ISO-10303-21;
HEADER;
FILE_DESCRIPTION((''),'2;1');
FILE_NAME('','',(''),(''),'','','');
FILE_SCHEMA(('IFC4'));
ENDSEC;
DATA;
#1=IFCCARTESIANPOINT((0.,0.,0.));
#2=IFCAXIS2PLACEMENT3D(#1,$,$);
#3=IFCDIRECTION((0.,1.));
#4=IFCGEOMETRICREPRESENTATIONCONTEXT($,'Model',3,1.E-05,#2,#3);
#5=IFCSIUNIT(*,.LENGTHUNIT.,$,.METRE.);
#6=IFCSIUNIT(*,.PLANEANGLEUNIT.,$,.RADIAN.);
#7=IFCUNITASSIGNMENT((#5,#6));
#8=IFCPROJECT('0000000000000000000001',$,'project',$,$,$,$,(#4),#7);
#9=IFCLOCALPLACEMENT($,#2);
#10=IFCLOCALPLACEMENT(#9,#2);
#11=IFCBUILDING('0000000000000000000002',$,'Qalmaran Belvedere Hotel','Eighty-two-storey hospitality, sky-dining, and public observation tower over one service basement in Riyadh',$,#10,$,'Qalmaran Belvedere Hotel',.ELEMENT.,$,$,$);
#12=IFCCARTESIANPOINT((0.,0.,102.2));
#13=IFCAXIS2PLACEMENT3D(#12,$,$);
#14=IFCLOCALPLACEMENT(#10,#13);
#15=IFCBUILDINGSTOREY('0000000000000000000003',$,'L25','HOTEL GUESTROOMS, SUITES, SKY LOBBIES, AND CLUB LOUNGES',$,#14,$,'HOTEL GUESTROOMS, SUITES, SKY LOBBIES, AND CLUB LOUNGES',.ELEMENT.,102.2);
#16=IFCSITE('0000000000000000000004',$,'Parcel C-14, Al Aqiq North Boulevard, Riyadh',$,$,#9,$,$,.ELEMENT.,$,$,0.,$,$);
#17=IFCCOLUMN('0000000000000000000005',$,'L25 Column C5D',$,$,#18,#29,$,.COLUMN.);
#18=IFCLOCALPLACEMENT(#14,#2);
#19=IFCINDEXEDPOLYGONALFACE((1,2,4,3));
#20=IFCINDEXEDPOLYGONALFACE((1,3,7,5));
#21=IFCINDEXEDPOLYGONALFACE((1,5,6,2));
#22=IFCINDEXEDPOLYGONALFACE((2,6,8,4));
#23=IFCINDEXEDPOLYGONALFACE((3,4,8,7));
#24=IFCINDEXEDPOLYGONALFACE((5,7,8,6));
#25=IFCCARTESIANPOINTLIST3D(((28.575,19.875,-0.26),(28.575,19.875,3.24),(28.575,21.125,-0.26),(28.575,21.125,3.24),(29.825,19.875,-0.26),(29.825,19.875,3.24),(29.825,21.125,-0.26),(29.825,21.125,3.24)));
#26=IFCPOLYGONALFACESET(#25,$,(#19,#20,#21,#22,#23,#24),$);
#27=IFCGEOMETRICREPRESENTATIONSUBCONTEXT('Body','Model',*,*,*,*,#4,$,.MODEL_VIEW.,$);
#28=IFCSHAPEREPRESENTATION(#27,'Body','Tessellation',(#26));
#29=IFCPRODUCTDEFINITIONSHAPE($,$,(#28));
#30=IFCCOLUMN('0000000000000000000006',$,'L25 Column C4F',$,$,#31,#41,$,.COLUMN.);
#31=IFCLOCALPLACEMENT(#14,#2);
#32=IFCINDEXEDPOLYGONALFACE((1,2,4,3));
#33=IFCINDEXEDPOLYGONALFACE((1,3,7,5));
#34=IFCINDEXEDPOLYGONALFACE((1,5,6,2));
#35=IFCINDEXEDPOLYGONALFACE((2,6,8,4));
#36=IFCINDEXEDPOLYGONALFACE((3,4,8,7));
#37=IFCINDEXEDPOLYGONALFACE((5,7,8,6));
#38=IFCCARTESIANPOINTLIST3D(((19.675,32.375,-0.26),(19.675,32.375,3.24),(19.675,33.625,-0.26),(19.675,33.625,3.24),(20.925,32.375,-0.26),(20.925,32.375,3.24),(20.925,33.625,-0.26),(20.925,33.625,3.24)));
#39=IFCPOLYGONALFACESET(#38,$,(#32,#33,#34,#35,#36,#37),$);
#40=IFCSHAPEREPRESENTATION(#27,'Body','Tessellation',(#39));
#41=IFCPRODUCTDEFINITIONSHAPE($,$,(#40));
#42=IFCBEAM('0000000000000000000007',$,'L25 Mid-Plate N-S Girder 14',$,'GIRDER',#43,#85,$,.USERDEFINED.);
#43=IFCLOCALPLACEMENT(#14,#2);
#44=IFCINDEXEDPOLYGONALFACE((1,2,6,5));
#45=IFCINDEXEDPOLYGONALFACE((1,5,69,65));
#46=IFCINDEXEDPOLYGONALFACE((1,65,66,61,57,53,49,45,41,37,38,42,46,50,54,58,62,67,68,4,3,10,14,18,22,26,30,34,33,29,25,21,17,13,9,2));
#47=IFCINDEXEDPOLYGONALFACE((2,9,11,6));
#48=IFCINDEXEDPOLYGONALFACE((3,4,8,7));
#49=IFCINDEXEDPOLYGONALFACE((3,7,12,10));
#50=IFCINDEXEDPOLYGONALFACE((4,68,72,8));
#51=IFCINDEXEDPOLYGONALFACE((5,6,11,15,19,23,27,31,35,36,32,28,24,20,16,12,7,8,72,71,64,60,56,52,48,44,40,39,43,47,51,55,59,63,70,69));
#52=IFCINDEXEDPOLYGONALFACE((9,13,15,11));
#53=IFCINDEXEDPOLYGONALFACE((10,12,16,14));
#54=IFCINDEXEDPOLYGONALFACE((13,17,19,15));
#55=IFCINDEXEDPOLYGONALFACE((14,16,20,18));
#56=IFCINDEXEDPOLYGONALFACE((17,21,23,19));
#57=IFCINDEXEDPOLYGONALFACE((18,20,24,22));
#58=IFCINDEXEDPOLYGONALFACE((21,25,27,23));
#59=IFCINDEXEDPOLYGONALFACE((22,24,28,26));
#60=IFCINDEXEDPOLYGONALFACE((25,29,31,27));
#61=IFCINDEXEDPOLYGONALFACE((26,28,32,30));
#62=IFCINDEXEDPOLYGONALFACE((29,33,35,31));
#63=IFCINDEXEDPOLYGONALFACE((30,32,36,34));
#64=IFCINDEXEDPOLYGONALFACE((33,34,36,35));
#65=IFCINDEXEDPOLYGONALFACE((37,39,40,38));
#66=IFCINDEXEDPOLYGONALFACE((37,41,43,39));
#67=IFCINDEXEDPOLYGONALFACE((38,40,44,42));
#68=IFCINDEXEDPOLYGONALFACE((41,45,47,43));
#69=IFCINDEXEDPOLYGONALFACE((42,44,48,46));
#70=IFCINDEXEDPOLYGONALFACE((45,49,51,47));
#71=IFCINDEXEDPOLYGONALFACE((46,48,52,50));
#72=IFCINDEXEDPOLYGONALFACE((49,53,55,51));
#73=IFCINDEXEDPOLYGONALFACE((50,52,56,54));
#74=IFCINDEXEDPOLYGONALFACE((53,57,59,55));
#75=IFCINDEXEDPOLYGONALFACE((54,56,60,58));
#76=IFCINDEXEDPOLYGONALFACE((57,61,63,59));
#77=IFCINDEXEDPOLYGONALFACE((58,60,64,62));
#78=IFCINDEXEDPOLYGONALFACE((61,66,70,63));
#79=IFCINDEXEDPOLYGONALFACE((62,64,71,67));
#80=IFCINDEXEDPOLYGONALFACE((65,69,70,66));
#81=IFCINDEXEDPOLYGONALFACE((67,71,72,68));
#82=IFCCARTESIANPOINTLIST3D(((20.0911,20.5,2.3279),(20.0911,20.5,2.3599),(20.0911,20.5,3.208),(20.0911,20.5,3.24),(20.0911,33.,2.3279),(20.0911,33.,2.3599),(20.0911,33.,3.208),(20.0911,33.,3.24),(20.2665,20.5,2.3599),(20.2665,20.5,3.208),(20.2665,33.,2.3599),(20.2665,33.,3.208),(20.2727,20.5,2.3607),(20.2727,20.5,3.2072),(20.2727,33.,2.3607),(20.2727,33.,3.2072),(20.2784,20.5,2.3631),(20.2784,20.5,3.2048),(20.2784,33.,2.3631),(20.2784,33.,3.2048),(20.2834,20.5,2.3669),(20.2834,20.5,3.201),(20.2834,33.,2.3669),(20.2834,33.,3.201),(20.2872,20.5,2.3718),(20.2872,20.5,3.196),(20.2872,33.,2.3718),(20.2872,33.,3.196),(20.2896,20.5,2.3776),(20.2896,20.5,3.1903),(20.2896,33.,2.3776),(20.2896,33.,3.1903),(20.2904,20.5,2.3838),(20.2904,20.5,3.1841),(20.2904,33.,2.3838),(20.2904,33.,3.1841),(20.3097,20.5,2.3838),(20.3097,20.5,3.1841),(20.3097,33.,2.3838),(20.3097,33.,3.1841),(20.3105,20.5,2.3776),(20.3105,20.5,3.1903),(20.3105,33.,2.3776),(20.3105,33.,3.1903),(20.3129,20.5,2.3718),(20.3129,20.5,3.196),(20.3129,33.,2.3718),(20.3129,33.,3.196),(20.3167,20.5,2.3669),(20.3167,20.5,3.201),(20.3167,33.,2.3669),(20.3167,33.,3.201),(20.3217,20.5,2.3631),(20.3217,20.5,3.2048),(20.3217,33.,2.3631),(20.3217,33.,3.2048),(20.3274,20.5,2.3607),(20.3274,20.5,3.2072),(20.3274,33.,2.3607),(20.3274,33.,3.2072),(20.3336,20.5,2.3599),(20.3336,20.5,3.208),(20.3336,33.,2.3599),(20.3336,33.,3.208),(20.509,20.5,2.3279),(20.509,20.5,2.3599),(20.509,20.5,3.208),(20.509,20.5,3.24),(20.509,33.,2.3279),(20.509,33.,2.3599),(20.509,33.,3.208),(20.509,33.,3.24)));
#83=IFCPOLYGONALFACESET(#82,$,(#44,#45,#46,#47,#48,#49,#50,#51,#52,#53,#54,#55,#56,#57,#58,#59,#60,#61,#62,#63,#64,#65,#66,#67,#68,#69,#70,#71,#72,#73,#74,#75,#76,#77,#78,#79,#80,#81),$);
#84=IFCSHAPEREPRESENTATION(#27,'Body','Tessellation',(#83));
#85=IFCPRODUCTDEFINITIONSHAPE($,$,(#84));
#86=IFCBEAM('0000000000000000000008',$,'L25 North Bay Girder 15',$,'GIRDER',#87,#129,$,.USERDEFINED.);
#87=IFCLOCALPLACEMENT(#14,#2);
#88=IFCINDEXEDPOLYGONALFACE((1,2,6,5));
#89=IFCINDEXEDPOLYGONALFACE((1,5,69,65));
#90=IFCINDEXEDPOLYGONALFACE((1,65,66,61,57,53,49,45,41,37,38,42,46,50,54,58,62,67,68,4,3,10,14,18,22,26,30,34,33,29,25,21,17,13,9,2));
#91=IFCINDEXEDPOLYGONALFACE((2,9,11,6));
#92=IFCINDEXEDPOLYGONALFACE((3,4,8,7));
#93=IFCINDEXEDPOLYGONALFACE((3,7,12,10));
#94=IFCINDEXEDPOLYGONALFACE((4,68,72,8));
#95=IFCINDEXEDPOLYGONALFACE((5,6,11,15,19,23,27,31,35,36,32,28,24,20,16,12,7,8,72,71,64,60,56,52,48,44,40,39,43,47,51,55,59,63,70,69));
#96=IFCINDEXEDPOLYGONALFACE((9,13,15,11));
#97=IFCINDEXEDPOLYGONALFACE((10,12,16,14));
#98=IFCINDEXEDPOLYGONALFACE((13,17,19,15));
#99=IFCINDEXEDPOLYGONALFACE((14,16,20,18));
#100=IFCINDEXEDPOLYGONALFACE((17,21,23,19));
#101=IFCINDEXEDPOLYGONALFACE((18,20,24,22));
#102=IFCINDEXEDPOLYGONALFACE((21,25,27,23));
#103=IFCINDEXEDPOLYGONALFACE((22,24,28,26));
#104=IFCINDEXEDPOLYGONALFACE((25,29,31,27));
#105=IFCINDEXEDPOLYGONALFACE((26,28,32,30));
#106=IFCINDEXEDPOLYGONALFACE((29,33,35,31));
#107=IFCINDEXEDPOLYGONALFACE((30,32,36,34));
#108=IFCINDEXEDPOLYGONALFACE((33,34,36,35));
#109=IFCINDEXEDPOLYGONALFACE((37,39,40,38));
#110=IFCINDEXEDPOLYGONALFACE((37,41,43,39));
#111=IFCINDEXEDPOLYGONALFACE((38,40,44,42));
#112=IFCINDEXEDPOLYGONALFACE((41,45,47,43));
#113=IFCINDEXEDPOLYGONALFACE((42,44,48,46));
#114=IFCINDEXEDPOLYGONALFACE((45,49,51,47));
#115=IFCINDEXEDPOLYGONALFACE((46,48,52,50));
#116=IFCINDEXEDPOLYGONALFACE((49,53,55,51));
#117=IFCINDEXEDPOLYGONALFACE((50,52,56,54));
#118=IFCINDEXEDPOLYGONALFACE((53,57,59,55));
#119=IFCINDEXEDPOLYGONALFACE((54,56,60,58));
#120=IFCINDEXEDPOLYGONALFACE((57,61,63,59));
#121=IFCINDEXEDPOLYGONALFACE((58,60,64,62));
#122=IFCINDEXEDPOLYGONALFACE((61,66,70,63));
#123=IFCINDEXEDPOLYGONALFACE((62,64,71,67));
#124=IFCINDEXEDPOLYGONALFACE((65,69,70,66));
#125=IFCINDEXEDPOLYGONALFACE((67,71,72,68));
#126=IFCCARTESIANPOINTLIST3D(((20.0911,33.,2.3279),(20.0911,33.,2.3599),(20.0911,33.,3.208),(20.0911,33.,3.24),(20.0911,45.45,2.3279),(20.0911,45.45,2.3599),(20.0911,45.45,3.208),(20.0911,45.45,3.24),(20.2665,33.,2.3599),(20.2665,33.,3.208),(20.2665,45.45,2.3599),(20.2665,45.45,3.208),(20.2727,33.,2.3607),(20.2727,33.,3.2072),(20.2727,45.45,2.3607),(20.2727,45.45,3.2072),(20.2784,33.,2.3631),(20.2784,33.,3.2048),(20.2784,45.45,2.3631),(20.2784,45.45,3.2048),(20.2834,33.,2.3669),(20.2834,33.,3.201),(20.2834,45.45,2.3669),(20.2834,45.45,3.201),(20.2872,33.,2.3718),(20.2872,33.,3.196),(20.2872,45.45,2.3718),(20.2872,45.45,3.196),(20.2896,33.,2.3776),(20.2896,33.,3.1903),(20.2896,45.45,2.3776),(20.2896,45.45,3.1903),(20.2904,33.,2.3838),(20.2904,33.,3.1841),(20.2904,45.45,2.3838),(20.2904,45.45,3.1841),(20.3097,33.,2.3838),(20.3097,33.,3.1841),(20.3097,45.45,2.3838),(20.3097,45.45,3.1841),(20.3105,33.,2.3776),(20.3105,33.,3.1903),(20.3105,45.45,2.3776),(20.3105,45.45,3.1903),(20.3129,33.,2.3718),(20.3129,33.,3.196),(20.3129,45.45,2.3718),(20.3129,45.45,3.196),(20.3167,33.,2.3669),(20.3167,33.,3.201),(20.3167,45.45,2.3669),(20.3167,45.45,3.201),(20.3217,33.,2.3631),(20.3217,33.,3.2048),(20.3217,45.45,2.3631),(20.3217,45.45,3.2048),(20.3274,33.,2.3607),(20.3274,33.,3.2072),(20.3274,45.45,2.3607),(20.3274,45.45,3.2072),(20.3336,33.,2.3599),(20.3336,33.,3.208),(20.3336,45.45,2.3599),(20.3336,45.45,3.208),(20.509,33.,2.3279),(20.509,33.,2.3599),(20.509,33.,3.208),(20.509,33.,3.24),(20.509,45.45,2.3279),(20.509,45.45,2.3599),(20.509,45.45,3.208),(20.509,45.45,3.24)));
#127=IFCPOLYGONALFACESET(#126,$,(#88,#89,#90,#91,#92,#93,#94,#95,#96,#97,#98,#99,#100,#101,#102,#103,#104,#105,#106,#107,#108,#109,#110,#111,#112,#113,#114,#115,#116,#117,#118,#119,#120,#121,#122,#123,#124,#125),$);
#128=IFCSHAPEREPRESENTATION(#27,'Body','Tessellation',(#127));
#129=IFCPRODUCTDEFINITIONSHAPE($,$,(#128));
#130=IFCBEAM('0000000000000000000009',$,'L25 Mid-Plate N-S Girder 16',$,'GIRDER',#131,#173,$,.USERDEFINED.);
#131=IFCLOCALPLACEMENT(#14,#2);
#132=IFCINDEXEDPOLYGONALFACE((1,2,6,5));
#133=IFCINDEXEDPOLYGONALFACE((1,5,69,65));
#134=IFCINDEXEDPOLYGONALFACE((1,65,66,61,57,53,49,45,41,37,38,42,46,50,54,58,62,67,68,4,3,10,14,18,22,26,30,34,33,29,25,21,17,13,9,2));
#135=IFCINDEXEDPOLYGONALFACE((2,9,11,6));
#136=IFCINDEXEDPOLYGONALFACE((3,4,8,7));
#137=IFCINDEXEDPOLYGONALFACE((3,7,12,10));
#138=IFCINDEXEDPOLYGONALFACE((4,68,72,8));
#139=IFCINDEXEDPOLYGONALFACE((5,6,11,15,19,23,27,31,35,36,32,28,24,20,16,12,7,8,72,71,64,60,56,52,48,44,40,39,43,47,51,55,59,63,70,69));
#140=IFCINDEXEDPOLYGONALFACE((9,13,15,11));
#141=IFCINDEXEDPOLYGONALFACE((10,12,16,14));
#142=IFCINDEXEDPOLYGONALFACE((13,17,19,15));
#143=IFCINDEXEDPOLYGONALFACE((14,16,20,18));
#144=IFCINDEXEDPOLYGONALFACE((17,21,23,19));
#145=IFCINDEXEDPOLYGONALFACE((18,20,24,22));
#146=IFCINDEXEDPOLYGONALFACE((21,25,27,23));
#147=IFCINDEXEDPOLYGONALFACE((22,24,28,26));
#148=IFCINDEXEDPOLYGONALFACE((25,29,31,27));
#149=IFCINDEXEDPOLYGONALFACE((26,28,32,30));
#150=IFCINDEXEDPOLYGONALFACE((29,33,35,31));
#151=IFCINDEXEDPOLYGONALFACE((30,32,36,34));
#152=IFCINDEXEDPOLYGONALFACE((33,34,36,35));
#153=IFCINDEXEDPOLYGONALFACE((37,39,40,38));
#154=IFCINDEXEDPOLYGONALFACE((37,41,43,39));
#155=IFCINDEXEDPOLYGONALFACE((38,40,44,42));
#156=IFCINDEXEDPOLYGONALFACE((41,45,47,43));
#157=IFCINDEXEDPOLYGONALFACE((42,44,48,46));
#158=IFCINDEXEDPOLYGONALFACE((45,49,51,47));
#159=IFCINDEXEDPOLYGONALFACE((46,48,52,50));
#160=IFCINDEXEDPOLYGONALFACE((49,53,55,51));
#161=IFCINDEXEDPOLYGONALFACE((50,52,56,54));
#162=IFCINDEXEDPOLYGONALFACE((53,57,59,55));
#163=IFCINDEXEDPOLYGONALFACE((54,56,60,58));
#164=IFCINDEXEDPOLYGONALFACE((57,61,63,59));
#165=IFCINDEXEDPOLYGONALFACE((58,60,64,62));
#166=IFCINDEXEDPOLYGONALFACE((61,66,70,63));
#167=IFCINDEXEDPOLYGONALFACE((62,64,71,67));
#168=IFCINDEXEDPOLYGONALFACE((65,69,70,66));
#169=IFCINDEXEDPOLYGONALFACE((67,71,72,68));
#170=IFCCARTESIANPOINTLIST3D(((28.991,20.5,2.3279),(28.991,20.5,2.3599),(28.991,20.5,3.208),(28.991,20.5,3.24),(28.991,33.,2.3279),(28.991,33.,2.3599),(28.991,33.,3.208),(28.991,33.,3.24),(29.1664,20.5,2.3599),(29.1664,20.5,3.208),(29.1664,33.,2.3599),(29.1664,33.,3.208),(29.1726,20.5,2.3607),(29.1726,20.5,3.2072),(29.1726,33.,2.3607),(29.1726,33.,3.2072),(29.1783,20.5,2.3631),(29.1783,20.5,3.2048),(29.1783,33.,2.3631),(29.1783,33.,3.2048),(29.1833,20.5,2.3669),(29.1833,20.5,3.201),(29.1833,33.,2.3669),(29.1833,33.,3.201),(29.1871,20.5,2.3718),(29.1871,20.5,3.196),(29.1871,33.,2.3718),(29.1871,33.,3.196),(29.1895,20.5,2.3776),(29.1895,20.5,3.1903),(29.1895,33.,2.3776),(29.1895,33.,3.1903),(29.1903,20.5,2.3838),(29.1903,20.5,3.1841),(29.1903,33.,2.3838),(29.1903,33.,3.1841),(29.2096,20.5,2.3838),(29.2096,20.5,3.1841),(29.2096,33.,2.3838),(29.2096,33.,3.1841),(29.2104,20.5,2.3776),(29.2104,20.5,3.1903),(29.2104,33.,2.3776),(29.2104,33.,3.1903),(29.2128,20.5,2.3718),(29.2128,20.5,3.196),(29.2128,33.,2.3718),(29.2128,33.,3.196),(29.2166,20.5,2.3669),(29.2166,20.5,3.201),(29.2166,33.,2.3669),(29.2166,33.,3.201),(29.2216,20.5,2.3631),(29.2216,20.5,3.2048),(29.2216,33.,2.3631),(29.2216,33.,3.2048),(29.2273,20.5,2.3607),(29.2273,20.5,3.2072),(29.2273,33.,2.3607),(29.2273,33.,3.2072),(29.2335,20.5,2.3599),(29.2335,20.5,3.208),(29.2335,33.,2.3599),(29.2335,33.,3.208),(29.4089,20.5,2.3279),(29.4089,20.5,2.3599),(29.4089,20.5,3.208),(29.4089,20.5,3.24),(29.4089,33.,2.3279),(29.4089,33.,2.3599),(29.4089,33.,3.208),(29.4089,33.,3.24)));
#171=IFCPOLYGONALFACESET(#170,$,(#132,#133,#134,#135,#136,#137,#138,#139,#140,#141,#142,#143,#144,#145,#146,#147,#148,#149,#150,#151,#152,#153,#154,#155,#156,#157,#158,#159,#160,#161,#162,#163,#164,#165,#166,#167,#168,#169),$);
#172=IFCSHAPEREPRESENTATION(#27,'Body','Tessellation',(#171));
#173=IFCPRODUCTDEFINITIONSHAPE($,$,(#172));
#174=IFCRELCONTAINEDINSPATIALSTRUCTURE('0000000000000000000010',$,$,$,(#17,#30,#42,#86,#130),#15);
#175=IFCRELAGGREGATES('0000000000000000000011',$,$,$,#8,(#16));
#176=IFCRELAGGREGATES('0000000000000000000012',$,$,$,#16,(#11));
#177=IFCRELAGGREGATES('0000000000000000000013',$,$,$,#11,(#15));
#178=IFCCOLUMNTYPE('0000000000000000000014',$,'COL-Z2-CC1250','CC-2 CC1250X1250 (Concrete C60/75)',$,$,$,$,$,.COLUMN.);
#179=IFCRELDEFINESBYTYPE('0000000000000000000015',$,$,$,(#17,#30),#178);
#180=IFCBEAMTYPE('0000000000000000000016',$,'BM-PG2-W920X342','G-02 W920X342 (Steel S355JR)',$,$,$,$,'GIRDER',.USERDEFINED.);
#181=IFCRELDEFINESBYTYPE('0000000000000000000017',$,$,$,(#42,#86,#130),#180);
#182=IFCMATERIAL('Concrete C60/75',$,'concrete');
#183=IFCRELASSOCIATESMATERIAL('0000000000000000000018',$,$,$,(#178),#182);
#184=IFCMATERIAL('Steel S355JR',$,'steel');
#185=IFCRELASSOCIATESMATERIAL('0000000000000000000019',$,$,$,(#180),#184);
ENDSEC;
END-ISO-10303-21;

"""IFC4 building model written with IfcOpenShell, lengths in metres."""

from ifc_helpers import new_model, si_unit, direction, frame, origin, origin_2d, place, context, subcontext, project, spatial, rectangle, i_section, extrude, material, material_profile, profile_set, type_object, element, save


model = new_model("IFC4")

# Units and contexts
model_context = context("Model", 3, precision=1e-05, world=origin(), true_north=direction((0.0, 1.0)))
body_context = subcontext(model_context, "Body", "Model", "MODEL_VIEW")
ifc_project = project(units=[si_unit("LENGTHUNIT", "METRE"), si_unit("PLANEANGLEUNIT", "RADIAN")], contexts=[model_context])

# Site, building, storey
site_placement = place(None, origin())
site = spatial("IfcSite", under=ifc_project, at=site_placement, Name="Parcel C-14, Al Aqiq North Boulevard, Riyadh", CompositionType="ELEMENT", RefElevation=0.0)
building_placement = place(site_placement, origin())
building = spatial("IfcBuilding", under=site, at=building_placement, Name="Qalmaran Belvedere Hotel", Description="Eighty-two-storey hospitality, sky-dining, and public observation tower over one service basement in Riyadh", LongName="Qalmaran Belvedere Hotel", CompositionType="ELEMENT")
storey_placement = place(building_placement, frame((0.0, 0.0, 102.2)))
storey = spatial("IfcBuildingStorey", under=building, at=storey_placement, Name="L25", Description="HOTEL GUESTROOMS, SUITES, SKY LOBBIES, AND CLUB LOUNGES", LongName="HOTEL GUESTROOMS, SUITES, SKY LOBBIES, AND CLUB LOUNGES", CompositionType="ELEMENT", Elevation=102.2)

# Columns
ifc_material_1 = material(Name="Concrete C60/75", Category="concrete")
ifc_material_profile_1 = material_profile(ifc_material_1, rectangle(XDim=1.25, YDim=1.25, at=origin_2d()), Name="CC1250X1250")
ifc_profile_set_1 = profile_set([ifc_material_profile_1], Name="Concrete C60/75")
column_type = type_object("IfcColumnType", Name="COL-Z2-CC1250", Description="CC-2 CC1250X1250 (Concrete C60/75)", PredefinedType="COLUMN", material=ifc_profile_set_1)
for number, where, z_axis, x_axis, name in (
    (1, (29.2, 20.5, -0.26), (0.0, 0.0, 1.0), (1.0, 0.0, 0.0), "L25 Column C5D"),
    (2, (20.3, 33.0, -0.26), (0.0, 0.0, 1.0), (1.0, 0.0, 0.0), "L25 Column C4F"),
):
    element("IfcColumn", number, at=place(storey_placement, frame(where, z_axis=z_axis, x_axis=x_axis)), inside=storey, type_object=column_type, Name=name, PredefinedType="COLUMN", context=body_context, shape_type="SweptSolid", body=[
        extrude(rectangle(XDim=1.25, YDim=1.25, at=origin_2d()), origin(), (0.0, 0.0, 1.0), 3.5),
    ])

# Beams
ifc_material_2 = material(Name="Steel S355JR", Category="steel")
ifc_material_profile_2 = material_profile(ifc_material_2, i_section(OverallWidth=0.418, OverallDepth=0.9121, WebThickness=0.0193, FlangeThickness=0.032, FilletRadius=0.0239, at=origin_2d()), Name="W920X342")
ifc_profile_set_2 = profile_set([ifc_material_profile_2], Name="Steel S355JR")
beam_type_1 = type_object("IfcBeamType", Name="BM-PG2-W920X342", Description="G-02 W920X342 (Steel S355JR)", ElementType="GIRDER", PredefinedType="USERDEFINED", material=ifc_profile_set_2)
beam_1_placement = place(storey_placement, frame((20.3, 20.5, 2.7839), z_axis=(0.0, 1.0, 0.0), x_axis=(-1.0, 0.0, 0.0)))
element("IfcBeam", 3, at=beam_1_placement, inside=storey, type_object=beam_type_1, Name="L25 Mid-Plate N-S Girder 14", ObjectType="GIRDER", PredefinedType="USERDEFINED", context=body_context, shape_type="SweptSolid", body=[
    extrude(i_section(OverallWidth=0.418, OverallDepth=0.9121, WebThickness=0.0193, FlangeThickness=0.032, FilletRadius=0.0239, at=origin_2d()), origin(), (0.0, 0.0, 1.0), 12.5),
])
beam_2_placement = place(storey_placement, frame((20.3, 33.0, 2.7839), z_axis=(0.0, 1.0, 0.0), x_axis=(-1.0, 0.0, 0.0)))
element("IfcBeam", 4, at=beam_2_placement, inside=storey, type_object=beam_type_1, Name="L25 North Bay Girder 15", ObjectType="GIRDER", PredefinedType="USERDEFINED", context=body_context, shape_type="SweptSolid", body=[
    extrude(i_section(OverallWidth=0.418, OverallDepth=0.9121, WebThickness=0.0193, FlangeThickness=0.032, FilletRadius=0.0239, at=origin_2d()), origin(), (0.0, 0.0, 1.0), 12.45),
])
beam_3_placement = place(storey_placement, frame((29.2, 20.5, 2.7839), z_axis=(0.0, 1.0, 0.0), x_axis=(-1.0, 0.0, 0.0)))
element("IfcBeam", 5, at=beam_3_placement, inside=storey, type_object=beam_type_1, Name="L25 Mid-Plate N-S Girder 16", ObjectType="GIRDER", PredefinedType="USERDEFINED", context=body_context, shape_type="SweptSolid", body=[
    extrude(i_section(OverallWidth=0.418, OverallDepth=0.9121, WebThickness=0.0193, FlangeThickness=0.032, FilletRadius=0.0239, at=origin_2d()), origin(), (0.0, 0.0, 1.0), 12.5),
])

save(model, "model.ifc")
